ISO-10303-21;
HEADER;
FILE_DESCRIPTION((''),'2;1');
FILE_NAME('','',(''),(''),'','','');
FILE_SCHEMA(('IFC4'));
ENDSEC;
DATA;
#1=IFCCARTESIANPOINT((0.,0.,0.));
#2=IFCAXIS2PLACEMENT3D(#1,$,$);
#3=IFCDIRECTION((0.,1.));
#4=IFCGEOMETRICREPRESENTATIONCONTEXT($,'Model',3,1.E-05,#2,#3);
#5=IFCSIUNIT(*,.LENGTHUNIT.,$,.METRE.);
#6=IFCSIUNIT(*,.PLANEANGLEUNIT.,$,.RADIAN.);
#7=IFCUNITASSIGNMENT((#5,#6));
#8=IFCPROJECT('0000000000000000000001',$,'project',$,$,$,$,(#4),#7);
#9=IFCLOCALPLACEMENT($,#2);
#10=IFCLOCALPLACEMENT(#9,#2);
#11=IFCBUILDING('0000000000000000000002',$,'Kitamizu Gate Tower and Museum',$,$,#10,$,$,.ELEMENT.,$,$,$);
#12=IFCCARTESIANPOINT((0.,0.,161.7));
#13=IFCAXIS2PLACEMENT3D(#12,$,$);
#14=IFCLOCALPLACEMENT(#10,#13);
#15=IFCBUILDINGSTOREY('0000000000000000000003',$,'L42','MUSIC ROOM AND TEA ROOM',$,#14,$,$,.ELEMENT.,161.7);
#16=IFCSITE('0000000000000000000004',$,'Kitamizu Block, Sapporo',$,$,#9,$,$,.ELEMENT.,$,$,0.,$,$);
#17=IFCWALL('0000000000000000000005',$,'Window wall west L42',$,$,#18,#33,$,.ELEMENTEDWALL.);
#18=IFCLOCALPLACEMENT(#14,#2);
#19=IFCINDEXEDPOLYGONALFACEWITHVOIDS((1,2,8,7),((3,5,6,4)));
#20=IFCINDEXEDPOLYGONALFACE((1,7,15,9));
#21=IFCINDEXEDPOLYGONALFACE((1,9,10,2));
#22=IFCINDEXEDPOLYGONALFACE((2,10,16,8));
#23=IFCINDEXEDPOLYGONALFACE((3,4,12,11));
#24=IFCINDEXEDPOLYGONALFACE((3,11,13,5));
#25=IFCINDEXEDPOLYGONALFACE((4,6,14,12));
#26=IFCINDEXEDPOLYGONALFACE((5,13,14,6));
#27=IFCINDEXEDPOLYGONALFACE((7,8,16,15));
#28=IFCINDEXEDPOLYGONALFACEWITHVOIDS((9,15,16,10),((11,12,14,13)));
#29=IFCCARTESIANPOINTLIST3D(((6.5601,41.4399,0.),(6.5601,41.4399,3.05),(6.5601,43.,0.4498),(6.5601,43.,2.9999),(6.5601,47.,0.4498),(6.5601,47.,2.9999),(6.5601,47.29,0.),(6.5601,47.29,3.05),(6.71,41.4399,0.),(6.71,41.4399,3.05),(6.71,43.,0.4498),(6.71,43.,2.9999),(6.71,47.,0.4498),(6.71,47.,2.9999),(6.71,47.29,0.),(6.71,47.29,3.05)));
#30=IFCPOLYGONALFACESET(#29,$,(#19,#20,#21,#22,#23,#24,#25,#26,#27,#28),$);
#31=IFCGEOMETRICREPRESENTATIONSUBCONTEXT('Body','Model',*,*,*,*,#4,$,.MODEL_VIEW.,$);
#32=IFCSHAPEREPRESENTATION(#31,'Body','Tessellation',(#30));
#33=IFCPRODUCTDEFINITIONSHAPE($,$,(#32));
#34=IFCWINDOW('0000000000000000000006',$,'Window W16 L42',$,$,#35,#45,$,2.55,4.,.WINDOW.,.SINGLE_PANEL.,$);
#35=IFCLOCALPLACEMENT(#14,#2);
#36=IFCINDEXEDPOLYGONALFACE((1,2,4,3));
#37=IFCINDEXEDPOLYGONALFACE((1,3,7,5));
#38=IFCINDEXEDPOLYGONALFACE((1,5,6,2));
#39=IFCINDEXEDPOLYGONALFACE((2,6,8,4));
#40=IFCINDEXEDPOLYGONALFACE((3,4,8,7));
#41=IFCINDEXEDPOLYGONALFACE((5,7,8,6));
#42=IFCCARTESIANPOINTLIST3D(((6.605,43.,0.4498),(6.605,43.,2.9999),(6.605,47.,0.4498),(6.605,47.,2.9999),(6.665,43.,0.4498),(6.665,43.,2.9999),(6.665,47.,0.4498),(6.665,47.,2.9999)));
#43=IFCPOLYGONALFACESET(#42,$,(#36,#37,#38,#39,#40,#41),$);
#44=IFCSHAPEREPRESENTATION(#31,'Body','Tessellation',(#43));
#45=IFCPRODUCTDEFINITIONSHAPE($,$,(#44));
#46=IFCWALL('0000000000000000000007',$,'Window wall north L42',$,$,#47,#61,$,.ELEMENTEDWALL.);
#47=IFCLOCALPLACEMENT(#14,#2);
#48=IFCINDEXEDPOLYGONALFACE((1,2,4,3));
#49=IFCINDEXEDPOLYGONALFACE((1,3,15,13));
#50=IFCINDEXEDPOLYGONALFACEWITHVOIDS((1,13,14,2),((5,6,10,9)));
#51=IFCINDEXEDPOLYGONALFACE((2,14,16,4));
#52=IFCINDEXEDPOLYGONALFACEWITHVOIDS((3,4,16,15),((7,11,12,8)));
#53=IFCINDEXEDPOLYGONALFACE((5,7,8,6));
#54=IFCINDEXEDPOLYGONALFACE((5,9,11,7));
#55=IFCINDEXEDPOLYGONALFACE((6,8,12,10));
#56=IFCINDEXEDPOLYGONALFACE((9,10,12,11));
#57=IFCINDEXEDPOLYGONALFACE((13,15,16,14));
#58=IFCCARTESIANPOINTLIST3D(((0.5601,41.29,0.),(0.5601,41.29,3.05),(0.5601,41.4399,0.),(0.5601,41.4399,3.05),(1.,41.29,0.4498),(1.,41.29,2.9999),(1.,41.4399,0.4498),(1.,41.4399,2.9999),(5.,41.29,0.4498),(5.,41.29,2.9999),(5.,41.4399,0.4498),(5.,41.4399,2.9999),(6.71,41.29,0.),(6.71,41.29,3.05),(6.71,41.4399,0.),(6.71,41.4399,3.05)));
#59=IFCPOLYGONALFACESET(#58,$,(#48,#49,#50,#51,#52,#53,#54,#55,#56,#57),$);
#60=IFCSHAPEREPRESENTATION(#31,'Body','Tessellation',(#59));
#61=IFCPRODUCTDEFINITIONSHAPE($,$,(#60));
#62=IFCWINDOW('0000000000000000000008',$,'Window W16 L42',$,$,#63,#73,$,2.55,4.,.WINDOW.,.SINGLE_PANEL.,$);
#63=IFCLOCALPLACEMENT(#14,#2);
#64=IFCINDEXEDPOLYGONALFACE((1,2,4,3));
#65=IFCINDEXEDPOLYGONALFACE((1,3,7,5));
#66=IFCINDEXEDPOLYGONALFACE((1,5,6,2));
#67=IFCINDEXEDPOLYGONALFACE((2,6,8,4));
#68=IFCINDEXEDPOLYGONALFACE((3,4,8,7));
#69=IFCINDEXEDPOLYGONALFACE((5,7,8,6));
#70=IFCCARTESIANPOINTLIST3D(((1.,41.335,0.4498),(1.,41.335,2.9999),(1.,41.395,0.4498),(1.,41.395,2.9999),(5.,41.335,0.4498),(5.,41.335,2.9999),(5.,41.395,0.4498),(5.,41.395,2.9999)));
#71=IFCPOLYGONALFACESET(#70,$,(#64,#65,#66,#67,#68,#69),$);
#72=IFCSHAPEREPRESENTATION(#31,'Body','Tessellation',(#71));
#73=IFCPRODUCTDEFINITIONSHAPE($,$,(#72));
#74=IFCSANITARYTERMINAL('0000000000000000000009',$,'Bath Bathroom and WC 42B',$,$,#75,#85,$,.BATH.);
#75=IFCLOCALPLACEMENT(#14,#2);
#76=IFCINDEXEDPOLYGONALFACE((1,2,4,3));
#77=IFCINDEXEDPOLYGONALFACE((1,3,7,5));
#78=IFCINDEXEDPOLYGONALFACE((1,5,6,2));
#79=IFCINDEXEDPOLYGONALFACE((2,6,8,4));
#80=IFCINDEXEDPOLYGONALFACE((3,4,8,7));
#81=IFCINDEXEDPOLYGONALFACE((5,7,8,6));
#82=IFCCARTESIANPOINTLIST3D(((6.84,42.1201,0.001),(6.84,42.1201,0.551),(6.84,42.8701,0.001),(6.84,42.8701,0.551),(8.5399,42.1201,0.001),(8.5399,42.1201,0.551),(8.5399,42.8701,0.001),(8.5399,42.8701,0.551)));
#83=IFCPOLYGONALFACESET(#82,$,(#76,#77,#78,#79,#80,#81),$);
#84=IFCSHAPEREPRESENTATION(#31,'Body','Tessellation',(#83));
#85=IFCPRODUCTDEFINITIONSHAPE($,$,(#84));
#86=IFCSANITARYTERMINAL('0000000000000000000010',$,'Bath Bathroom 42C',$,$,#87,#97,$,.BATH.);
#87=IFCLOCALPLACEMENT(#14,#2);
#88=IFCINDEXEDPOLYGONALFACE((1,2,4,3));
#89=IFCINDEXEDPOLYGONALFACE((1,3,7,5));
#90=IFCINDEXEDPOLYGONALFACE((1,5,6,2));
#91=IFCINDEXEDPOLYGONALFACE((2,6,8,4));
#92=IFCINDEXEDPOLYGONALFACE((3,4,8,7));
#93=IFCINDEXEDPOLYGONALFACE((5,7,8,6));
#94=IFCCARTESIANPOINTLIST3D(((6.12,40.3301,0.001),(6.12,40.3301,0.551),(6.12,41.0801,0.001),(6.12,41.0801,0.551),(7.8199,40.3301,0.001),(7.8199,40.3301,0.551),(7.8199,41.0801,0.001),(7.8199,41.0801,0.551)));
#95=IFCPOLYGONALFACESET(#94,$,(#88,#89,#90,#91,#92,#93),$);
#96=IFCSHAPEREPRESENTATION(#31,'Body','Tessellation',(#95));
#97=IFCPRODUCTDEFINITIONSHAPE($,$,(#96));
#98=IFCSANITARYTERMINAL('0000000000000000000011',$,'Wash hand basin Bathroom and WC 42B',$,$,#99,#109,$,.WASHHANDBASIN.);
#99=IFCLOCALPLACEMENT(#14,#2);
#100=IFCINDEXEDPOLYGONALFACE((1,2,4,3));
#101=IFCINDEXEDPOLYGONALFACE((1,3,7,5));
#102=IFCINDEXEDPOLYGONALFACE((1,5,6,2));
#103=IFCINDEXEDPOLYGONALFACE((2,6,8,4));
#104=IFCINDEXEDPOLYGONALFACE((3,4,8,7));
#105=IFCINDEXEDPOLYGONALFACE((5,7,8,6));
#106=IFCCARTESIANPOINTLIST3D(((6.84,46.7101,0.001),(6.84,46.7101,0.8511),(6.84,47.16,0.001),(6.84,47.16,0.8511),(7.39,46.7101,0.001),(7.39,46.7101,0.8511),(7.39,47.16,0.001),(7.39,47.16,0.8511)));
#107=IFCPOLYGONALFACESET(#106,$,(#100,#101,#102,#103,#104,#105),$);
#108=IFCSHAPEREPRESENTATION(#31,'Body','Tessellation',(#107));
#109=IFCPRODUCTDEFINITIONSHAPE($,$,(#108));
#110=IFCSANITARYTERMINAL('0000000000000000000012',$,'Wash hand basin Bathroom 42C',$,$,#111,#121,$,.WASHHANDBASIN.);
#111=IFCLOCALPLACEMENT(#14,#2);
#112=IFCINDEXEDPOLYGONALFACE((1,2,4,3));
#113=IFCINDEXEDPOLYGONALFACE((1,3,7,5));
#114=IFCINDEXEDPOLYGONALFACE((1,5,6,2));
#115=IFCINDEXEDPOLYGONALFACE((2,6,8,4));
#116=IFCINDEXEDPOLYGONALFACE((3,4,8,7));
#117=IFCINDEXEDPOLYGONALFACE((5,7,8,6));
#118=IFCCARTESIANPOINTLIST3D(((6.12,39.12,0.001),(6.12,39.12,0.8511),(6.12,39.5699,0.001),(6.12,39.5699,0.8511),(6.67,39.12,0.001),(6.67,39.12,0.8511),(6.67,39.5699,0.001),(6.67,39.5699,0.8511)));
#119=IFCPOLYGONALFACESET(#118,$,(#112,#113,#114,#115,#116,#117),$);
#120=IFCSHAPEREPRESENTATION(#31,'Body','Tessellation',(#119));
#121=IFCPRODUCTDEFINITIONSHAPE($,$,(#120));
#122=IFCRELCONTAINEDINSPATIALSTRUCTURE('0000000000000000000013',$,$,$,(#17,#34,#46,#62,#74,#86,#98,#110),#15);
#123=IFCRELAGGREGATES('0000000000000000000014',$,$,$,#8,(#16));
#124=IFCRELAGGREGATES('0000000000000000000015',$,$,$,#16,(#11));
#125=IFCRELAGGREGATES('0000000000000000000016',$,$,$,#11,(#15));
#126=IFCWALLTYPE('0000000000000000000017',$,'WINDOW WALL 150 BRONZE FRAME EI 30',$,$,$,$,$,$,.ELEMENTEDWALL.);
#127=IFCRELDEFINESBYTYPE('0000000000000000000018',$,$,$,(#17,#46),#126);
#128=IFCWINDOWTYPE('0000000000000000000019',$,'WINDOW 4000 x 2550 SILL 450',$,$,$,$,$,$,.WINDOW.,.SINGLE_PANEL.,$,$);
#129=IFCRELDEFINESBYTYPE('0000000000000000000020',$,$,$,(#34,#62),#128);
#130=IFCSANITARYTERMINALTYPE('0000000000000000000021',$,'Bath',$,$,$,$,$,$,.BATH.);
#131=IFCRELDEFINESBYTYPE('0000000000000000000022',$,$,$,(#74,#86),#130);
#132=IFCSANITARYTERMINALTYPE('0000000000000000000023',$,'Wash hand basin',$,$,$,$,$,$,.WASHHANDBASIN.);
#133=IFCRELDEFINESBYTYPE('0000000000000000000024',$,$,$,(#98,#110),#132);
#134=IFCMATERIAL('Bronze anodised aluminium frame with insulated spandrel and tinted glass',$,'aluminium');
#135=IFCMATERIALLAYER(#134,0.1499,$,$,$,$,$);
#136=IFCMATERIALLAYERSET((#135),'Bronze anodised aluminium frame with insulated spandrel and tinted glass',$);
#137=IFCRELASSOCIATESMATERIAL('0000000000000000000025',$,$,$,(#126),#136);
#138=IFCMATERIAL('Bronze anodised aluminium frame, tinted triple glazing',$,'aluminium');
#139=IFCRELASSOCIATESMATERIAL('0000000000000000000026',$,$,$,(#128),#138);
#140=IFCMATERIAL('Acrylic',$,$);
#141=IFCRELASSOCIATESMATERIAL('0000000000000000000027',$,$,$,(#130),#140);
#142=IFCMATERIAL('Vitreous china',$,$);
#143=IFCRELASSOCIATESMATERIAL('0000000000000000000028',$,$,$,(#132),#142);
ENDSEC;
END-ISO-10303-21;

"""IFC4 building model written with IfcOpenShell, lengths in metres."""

from ifc_helpers import new_model, si_unit, direction, frame, frame_2d, origin, origin_2d, place, context, subcontext, project, spatial, rectangle, extrude, material, layer, layer_set, type_object, element, fill, save


model = new_model("IFC4")

# Units and contexts
model_context = context("Model", 3, precision=1e-05, world=origin(), true_north=direction((0.0, 1.0)))
body_context = subcontext(model_context, "Body", "Model", "MODEL_VIEW")
ifc_project = project(units=[si_unit("LENGTHUNIT", "METRE"), si_unit("PLANEANGLEUNIT", "RADIAN")], contexts=[model_context])

# Site, building, storey
site_placement = place(None, origin())
site = spatial("IfcSite", under=ifc_project, at=site_placement, Name="Kitamizu Block, Sapporo", CompositionType="ELEMENT", RefElevation=0.0)
building_placement = place(site_placement, origin())
building = spatial("IfcBuilding", under=site, at=building_placement, Name="Kitamizu Gate Tower and Museum", CompositionType="ELEMENT")
storey_placement = place(building_placement, frame((0.0, 0.0, 161.7)))
storey = spatial("IfcBuildingStorey", under=building, at=storey_placement, Name="L42", Description="MUSIC ROOM AND TEA ROOM", CompositionType="ELEMENT", Elevation=161.7)

# Shared definitions
ifc_material_1 = material(Name="Bronze anodised aluminium frame with insulated spandrel and tinted glass", Category="aluminium")
ifc_layer_1 = layer(ifc_material_1, 0.1499)
ifc_layer_set_1 = layer_set([ifc_layer_1], Name="Bronze anodised aluminium frame with insulated spandrel and tinted glass")
wall_type_1 = type_object("IfcWallType", Name="WINDOW WALL 150 BRONZE FRAME EI 30", PredefinedType="ELEMENTEDWALL", material=ifc_layer_set_1)

# Walls, openings, windows
wall_1_placement = place(storey_placement, frame((6.635, 41.4399, 0.0), z_axis=(0.0, 0.0, 1.0), x_axis=(0.0, 1.0, 0.0)))
wall_1 = element("IfcWall", 1, at=wall_1_placement, inside=storey, type_object=wall_type_1, Name="Window wall west L42", PredefinedType="ELEMENTEDWALL", context=body_context, shape_type="SweptSolid", body=[
    extrude(rectangle(XDim=5.8501, YDim=0.1499, at=frame_2d((2.925, 0.0))), origin(), (0.0, 0.0, 1.0), 3.05),
])
opening_1_placement = place(wall_1_placement, frame((1.5601, 0.0, 0.45)))
opening_1 = element("IfcOpeningElement", 2, at=opening_1_placement, cuts=wall_1, PredefinedType="OPENING", context=body_context, shape_type="SweptSolid", body=[
    extrude(rectangle(XDim=4.0, YDim=2.55, at=frame_2d((2.0, 1.2749))), frame((0.0, 0.085, 0.0), z_axis=(0.0, -1.0, 0.0), x_axis=(1.0, 0.0, 0.0)), (0.0, 0.0, 1.0), 0.1699),
])
ifc_material_2 = material(Name="Bronze anodised aluminium frame, tinted triple glazing", Category="aluminium")
window_type_1 = type_object("IfcWindowType", Name="WINDOW 4000 x 2550 SILL 450", PartitioningType="SINGLE_PANEL", PredefinedType="WINDOW", material=ifc_material_2)
window_1_placement = place(opening_1_placement, origin())
window_1 = element("IfcWindow", 3, at=window_1_placement, inside=storey, type_object=window_type_1, Name="Window W16 L42", OverallHeight=2.55, OverallWidth=4.0, PartitioningType="SINGLE_PANEL", PredefinedType="WINDOW", context=body_context, shape_type="SweptSolid", body=[
    extrude(rectangle(XDim=4.0, YDim=2.55, at=frame_2d((2.0, 1.2749))), frame((0.0, 0.03, 0.0), z_axis=(0.0, -1.0, 0.0), x_axis=(1.0, 0.0, 0.0)), (0.0, 0.0, 1.0), 0.0601),
])
fill(opening_1, window_1)
wall_2_placement = place(storey_placement, frame((0.5601, 41.365, 0.0), z_axis=(0.0, 0.0, 1.0), x_axis=(1.0, 0.0, 0.0)))
wall_2 = element("IfcWall", 4, at=wall_2_placement, inside=storey, type_object=wall_type_1, Name="Window wall north L42", PredefinedType="ELEMENTEDWALL", context=body_context, shape_type="SweptSolid", body=[
    extrude(rectangle(XDim=6.1499, YDim=0.1499, at=frame_2d((3.075, 0.0))), origin(), (0.0, 0.0, 1.0), 3.05),
])
opening_2_placement = place(wall_2_placement, frame((0.4399, 0.0, 0.45)))
opening_2 = element("IfcOpeningElement", 5, at=opening_2_placement, cuts=wall_2, PredefinedType="OPENING", context=body_context, shape_type="SweptSolid", body=[
    extrude(rectangle(XDim=4.0, YDim=2.55, at=frame_2d((2.0, 1.2749))), frame((0.0, 0.085, 0.0), z_axis=(0.0, -1.0, 0.0), x_axis=(1.0, 0.0, 0.0)), (0.0, 0.0, 1.0), 0.1699),
])
window_2_placement = place(opening_2_placement, origin())
window_2 = element("IfcWindow", 6, at=window_2_placement, inside=storey, type_object=window_type_1, Name="Window W16 L42", OverallHeight=2.55, OverallWidth=4.0, PartitioningType="SINGLE_PANEL", PredefinedType="WINDOW", context=body_context, shape_type="SweptSolid", body=[
    extrude(rectangle(XDim=4.0, YDim=2.55, at=frame_2d((2.0, 1.2749))), frame((0.0, 0.03, 0.0), z_axis=(0.0, -1.0, 0.0), x_axis=(1.0, 0.0, 0.0)), (0.0, 0.0, 1.0), 0.0601),
])
fill(opening_2, window_2)

# Sanitary terminals
ifc_material_3 = material(Name="Acrylic")
sanitary_terminal_type_1 = type_object("IfcSanitaryTerminalType", Name="Bath", PredefinedType="BATH", material=ifc_material_3)
for number, where, z_axis, x_axis, name in (
    (7, (7.6899, 42.4951, 0.001), (0.0, 0.0, 1.0), (1.0, 0.0, 0.0), "Bath Bathroom and WC 42B"),
    (8, (6.97, 40.7051, 0.001), (0.0, 0.0, 1.0), (1.0, 0.0, 0.0), "Bath Bathroom 42C"),
):
    element("IfcSanitaryTerminal", number, at=place(storey_placement, frame(where, z_axis=z_axis, x_axis=x_axis)), inside=storey, type_object=sanitary_terminal_type_1, Name=name, PredefinedType="BATH", context=body_context, shape_type="SweptSolid", body=[
        extrude(rectangle(XDim=1.7, YDim=0.75, at=origin_2d()), origin(), (0.0, 0.0, 1.0), 0.55),
    ])
ifc_material_4 = material(Name="Vitreous china")
sanitary_terminal_type_2 = type_object("IfcSanitaryTerminalType", Name="Wash hand basin", PredefinedType="WASHHANDBASIN", material=ifc_material_4)
for number, where, z_axis, x_axis, name in (
    (9, (7.115, 46.9351, 0.001), (0.0, 0.0, 1.0), (1.0, 0.0, 0.0), "Wash hand basin Bathroom and WC 42B"),
    (10, (6.395, 39.345, 0.001), (0.0, 0.0, 1.0), (1.0, 0.0, 0.0), "Wash hand basin Bathroom 42C"),
):
    element("IfcSanitaryTerminal", number, at=place(storey_placement, frame(where, z_axis=z_axis, x_axis=x_axis)), inside=storey, type_object=sanitary_terminal_type_2, Name=name, PredefinedType="WASHHANDBASIN", context=body_context, shape_type="SweptSolid", body=[
        extrude(rectangle(XDim=0.55, YDim=0.45, at=origin_2d()), origin(), (0.0, 0.0, 1.0), 0.8501),
    ])

save(model, "model.ifc")
